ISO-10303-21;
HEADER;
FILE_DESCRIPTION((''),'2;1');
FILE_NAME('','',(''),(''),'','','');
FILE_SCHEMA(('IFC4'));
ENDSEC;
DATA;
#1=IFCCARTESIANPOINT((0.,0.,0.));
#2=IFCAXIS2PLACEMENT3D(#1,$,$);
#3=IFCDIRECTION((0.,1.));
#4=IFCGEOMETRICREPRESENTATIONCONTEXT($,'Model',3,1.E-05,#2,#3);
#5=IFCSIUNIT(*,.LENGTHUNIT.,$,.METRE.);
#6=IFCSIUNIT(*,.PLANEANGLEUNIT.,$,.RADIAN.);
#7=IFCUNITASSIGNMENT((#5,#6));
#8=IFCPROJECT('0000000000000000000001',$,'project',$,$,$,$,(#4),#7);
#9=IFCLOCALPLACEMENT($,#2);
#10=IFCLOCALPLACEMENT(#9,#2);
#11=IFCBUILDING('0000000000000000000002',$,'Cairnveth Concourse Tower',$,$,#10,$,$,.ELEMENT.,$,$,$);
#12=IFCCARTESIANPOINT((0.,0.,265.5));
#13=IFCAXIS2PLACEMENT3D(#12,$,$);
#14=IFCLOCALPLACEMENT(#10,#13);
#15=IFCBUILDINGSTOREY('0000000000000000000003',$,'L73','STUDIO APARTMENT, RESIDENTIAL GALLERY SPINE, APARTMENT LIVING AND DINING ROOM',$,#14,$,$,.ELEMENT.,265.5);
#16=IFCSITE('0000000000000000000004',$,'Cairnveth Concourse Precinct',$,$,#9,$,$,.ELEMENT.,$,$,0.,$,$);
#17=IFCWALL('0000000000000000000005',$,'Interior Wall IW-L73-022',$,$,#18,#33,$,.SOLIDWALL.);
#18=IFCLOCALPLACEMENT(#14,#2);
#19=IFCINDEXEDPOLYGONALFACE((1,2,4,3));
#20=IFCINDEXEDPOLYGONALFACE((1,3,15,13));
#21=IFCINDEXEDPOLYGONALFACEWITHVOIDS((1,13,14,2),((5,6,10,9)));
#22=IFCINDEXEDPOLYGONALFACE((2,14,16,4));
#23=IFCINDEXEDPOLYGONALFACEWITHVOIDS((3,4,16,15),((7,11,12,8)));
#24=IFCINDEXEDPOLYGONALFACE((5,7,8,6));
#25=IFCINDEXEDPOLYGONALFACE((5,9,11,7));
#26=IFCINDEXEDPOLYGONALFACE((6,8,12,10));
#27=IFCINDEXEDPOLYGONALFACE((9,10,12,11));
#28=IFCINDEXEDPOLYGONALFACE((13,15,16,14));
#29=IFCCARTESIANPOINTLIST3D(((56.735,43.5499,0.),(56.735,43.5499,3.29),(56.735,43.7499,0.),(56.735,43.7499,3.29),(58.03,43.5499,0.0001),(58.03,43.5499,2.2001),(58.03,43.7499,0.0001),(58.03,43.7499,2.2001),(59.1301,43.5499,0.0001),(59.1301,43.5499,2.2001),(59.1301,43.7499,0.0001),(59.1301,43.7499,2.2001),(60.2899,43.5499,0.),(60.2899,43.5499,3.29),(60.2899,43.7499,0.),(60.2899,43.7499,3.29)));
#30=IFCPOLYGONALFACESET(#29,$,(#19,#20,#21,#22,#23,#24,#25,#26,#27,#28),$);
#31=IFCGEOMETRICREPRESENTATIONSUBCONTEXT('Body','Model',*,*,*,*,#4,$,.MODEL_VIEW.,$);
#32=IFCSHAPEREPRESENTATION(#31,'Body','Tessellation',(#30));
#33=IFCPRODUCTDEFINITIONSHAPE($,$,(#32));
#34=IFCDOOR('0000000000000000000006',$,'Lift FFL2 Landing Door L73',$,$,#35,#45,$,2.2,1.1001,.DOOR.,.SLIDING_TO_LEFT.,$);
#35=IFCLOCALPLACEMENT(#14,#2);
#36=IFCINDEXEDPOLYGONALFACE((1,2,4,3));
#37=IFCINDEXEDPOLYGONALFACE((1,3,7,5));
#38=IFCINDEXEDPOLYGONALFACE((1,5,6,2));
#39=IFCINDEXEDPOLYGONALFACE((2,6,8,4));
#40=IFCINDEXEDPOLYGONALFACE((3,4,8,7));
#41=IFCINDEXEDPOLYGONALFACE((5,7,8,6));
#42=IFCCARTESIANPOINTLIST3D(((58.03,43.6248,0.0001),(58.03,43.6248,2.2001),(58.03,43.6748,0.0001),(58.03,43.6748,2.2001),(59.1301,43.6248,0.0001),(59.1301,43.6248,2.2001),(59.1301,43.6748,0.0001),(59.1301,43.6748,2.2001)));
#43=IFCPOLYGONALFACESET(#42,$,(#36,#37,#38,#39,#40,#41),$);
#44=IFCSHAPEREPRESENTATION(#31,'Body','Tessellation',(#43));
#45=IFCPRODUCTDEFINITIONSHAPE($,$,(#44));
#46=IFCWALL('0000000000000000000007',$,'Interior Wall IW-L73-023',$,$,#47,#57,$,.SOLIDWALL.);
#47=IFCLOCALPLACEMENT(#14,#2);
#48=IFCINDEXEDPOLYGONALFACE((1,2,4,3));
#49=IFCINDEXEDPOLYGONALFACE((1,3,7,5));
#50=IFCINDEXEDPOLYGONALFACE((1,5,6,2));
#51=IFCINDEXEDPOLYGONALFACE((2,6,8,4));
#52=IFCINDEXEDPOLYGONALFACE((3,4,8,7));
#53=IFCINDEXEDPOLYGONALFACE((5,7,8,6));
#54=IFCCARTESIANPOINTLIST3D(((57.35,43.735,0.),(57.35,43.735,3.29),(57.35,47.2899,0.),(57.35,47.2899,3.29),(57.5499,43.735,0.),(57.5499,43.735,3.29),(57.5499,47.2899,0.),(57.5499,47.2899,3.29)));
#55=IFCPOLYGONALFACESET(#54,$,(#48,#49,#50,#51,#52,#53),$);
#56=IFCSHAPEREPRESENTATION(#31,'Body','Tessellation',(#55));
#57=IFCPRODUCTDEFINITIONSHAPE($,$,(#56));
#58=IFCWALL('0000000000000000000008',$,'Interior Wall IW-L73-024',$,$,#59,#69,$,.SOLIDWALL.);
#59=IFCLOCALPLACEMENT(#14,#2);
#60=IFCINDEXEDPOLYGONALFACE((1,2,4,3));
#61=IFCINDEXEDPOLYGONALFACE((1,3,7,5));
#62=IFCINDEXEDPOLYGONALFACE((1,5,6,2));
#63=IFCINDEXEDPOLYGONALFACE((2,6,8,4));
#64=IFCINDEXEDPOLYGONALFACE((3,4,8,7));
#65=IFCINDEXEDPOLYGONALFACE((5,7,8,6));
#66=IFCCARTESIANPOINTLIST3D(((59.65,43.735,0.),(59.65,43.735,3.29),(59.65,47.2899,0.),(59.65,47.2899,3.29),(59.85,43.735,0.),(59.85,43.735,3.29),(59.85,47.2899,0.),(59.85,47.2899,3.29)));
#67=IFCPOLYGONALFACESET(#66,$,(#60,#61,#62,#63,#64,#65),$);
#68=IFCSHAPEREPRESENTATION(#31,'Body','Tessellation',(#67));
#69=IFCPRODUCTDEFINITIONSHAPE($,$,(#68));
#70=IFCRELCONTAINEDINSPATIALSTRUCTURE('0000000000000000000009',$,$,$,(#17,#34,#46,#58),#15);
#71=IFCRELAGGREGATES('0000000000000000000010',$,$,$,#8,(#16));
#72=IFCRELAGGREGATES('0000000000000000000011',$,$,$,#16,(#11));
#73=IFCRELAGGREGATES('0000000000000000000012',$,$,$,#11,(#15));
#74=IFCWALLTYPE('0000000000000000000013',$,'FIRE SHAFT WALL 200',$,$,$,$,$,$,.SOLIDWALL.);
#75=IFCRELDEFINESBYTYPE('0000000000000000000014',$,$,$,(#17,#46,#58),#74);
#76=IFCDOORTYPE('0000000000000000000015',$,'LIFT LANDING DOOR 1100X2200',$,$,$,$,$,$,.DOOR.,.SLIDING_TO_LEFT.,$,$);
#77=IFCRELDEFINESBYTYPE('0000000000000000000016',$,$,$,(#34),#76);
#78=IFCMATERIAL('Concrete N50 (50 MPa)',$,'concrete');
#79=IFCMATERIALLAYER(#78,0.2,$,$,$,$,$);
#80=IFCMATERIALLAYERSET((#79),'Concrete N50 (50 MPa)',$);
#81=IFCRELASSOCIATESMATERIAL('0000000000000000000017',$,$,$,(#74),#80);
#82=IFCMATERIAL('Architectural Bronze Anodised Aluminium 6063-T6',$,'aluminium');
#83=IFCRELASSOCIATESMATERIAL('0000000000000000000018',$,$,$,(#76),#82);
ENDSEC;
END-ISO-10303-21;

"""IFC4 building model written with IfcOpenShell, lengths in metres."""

from ifc_helpers import new_model, si_unit, direction, frame, frame_2d, origin, place, context, subcontext, project, spatial, rectangle, extrude, material, layer, layer_set, type_object, element, fill, save


model = new_model("IFC4")

# Units and contexts
model_context = context("Model", 3, precision=1e-05, world=origin(), true_north=direction((0.0, 1.0)))
body_context = subcontext(model_context, "Body", "Model", "MODEL_VIEW")
ifc_project = project(units=[si_unit("LENGTHUNIT", "METRE"), si_unit("PLANEANGLEUNIT", "RADIAN")], contexts=[model_context])

# Site, building, storey
site_placement = place(None, origin())
site = spatial("IfcSite", under=ifc_project, at=site_placement, Name="Cairnveth Concourse Precinct", CompositionType="ELEMENT", RefElevation=0.0)
building_placement = place(site_placement, origin())
building = spatial("IfcBuilding", under=site, at=building_placement, Name="Cairnveth Concourse Tower", CompositionType="ELEMENT")
storey_placement = place(building_placement, frame((0.0, 0.0, 265.5)))
storey = spatial("IfcBuildingStorey", under=building, at=storey_placement, Name="L73", Description="STUDIO APARTMENT, RESIDENTIAL GALLERY SPINE, APARTMENT LIVING AND DINING ROOM", CompositionType="ELEMENT", Elevation=265.5)

# Shared definitions
ifc_material_1 = material(Name="Concrete N50 (50 MPa)", Category="concrete")
ifc_layer_1 = layer(ifc_material_1, 0.2)
ifc_layer_set_1 = layer_set([ifc_layer_1], Name="Concrete N50 (50 MPa)")
wall_type_1 = type_object("IfcWallType", Name="FIRE SHAFT WALL 200", PredefinedType="SOLIDWALL", material=ifc_layer_set_1)

# Shared definitions
ifc_material_2 = material(Name="Architectural Bronze Anodised Aluminium 6063-T6", Category="aluminium")
door_type_1 = type_object("IfcDoorType", Name="LIFT LANDING DOOR 1100X2200", OperationType="SLIDING_TO_LEFT", PredefinedType="DOOR", material=ifc_material_2)

# Wall, opening, door
wall_1_placement = place(storey_placement, frame((56.7351, 43.6499, 0.0), z_axis=(0.0, 0.0, 1.0), x_axis=(1.0, 0.0, 0.0)))
wall_1 = element("IfcWall", 1, at=wall_1_placement, inside=storey, type_object=wall_type_1, Name="Interior Wall IW-L73-022", PredefinedType="SOLIDWALL", context=body_context, shape_type="SweptSolid", body=[
    extrude(rectangle(XDim=3.5549, YDim=0.2, at=frame_2d((1.7773, 0.0))), origin(), (0.0, 0.0, 1.0), 3.29),
])
opening_1_placement = place(wall_1_placement, frame((1.2949, 0.0, 0.0)))
opening_1 = element("IfcOpeningElement", 2, at=opening_1_placement, cuts=wall_1, PredefinedType="OPENING", context=body_context, shape_type="SweptSolid", body=[
    extrude(rectangle(XDim=1.1001, YDim=2.2, at=frame_2d((0.55, 1.1001))), frame((0.0, 0.1099, 0.0), z_axis=(0.0, -1.0, 0.0), x_axis=(1.0, 0.0, 0.0)), (0.0, 0.0, 1.0), 0.22),
])
door_1_placement = place(opening_1_placement, origin())
door_1 = element("IfcDoor", 3, at=door_1_placement, inside=storey, type_object=door_type_1, Name="Lift FFL2 Landing Door L73", OperationType="SLIDING_TO_LEFT", OverallHeight=2.2, OverallWidth=1.1001, PredefinedType="DOOR", context=body_context, shape_type="SweptSolid", body=[
    extrude(rectangle(XDim=1.1001, YDim=2.2, at=frame_2d((0.55, 1.1001))), frame((0.0, 0.0249, 0.0), z_axis=(0.0, -1.0, 0.0), x_axis=(1.0, 0.0, 0.0)), (0.0, 0.0, 1.0), 0.05),
])
fill(opening_1, door_1)

# Walls
for number, where, z_axis, x_axis, name in (
    (4, (57.45, 43.7351, 0.0), (0.0, 0.0, 1.0), (0.0, 1.0, 0.0), "Interior Wall IW-L73-023"),
    (5, (59.75, 43.7351, 0.0), (0.0, 0.0, 1.0), (0.0, 1.0, 0.0), "Interior Wall IW-L73-024"),
):
    element("IfcWall", number, at=place(storey_placement, frame(where, z_axis=z_axis, x_axis=x_axis)), inside=storey, type_object=wall_type_1, Name=name, PredefinedType="SOLIDWALL", context=body_context, shape_type="SweptSolid", body=[
        extrude(rectangle(XDim=3.5549, YDim=0.2, at=frame_2d((1.7773, 0.0))), origin(), (0.0, 0.0, 1.0), 3.29),
    ])

save(model, "model.ifc")
